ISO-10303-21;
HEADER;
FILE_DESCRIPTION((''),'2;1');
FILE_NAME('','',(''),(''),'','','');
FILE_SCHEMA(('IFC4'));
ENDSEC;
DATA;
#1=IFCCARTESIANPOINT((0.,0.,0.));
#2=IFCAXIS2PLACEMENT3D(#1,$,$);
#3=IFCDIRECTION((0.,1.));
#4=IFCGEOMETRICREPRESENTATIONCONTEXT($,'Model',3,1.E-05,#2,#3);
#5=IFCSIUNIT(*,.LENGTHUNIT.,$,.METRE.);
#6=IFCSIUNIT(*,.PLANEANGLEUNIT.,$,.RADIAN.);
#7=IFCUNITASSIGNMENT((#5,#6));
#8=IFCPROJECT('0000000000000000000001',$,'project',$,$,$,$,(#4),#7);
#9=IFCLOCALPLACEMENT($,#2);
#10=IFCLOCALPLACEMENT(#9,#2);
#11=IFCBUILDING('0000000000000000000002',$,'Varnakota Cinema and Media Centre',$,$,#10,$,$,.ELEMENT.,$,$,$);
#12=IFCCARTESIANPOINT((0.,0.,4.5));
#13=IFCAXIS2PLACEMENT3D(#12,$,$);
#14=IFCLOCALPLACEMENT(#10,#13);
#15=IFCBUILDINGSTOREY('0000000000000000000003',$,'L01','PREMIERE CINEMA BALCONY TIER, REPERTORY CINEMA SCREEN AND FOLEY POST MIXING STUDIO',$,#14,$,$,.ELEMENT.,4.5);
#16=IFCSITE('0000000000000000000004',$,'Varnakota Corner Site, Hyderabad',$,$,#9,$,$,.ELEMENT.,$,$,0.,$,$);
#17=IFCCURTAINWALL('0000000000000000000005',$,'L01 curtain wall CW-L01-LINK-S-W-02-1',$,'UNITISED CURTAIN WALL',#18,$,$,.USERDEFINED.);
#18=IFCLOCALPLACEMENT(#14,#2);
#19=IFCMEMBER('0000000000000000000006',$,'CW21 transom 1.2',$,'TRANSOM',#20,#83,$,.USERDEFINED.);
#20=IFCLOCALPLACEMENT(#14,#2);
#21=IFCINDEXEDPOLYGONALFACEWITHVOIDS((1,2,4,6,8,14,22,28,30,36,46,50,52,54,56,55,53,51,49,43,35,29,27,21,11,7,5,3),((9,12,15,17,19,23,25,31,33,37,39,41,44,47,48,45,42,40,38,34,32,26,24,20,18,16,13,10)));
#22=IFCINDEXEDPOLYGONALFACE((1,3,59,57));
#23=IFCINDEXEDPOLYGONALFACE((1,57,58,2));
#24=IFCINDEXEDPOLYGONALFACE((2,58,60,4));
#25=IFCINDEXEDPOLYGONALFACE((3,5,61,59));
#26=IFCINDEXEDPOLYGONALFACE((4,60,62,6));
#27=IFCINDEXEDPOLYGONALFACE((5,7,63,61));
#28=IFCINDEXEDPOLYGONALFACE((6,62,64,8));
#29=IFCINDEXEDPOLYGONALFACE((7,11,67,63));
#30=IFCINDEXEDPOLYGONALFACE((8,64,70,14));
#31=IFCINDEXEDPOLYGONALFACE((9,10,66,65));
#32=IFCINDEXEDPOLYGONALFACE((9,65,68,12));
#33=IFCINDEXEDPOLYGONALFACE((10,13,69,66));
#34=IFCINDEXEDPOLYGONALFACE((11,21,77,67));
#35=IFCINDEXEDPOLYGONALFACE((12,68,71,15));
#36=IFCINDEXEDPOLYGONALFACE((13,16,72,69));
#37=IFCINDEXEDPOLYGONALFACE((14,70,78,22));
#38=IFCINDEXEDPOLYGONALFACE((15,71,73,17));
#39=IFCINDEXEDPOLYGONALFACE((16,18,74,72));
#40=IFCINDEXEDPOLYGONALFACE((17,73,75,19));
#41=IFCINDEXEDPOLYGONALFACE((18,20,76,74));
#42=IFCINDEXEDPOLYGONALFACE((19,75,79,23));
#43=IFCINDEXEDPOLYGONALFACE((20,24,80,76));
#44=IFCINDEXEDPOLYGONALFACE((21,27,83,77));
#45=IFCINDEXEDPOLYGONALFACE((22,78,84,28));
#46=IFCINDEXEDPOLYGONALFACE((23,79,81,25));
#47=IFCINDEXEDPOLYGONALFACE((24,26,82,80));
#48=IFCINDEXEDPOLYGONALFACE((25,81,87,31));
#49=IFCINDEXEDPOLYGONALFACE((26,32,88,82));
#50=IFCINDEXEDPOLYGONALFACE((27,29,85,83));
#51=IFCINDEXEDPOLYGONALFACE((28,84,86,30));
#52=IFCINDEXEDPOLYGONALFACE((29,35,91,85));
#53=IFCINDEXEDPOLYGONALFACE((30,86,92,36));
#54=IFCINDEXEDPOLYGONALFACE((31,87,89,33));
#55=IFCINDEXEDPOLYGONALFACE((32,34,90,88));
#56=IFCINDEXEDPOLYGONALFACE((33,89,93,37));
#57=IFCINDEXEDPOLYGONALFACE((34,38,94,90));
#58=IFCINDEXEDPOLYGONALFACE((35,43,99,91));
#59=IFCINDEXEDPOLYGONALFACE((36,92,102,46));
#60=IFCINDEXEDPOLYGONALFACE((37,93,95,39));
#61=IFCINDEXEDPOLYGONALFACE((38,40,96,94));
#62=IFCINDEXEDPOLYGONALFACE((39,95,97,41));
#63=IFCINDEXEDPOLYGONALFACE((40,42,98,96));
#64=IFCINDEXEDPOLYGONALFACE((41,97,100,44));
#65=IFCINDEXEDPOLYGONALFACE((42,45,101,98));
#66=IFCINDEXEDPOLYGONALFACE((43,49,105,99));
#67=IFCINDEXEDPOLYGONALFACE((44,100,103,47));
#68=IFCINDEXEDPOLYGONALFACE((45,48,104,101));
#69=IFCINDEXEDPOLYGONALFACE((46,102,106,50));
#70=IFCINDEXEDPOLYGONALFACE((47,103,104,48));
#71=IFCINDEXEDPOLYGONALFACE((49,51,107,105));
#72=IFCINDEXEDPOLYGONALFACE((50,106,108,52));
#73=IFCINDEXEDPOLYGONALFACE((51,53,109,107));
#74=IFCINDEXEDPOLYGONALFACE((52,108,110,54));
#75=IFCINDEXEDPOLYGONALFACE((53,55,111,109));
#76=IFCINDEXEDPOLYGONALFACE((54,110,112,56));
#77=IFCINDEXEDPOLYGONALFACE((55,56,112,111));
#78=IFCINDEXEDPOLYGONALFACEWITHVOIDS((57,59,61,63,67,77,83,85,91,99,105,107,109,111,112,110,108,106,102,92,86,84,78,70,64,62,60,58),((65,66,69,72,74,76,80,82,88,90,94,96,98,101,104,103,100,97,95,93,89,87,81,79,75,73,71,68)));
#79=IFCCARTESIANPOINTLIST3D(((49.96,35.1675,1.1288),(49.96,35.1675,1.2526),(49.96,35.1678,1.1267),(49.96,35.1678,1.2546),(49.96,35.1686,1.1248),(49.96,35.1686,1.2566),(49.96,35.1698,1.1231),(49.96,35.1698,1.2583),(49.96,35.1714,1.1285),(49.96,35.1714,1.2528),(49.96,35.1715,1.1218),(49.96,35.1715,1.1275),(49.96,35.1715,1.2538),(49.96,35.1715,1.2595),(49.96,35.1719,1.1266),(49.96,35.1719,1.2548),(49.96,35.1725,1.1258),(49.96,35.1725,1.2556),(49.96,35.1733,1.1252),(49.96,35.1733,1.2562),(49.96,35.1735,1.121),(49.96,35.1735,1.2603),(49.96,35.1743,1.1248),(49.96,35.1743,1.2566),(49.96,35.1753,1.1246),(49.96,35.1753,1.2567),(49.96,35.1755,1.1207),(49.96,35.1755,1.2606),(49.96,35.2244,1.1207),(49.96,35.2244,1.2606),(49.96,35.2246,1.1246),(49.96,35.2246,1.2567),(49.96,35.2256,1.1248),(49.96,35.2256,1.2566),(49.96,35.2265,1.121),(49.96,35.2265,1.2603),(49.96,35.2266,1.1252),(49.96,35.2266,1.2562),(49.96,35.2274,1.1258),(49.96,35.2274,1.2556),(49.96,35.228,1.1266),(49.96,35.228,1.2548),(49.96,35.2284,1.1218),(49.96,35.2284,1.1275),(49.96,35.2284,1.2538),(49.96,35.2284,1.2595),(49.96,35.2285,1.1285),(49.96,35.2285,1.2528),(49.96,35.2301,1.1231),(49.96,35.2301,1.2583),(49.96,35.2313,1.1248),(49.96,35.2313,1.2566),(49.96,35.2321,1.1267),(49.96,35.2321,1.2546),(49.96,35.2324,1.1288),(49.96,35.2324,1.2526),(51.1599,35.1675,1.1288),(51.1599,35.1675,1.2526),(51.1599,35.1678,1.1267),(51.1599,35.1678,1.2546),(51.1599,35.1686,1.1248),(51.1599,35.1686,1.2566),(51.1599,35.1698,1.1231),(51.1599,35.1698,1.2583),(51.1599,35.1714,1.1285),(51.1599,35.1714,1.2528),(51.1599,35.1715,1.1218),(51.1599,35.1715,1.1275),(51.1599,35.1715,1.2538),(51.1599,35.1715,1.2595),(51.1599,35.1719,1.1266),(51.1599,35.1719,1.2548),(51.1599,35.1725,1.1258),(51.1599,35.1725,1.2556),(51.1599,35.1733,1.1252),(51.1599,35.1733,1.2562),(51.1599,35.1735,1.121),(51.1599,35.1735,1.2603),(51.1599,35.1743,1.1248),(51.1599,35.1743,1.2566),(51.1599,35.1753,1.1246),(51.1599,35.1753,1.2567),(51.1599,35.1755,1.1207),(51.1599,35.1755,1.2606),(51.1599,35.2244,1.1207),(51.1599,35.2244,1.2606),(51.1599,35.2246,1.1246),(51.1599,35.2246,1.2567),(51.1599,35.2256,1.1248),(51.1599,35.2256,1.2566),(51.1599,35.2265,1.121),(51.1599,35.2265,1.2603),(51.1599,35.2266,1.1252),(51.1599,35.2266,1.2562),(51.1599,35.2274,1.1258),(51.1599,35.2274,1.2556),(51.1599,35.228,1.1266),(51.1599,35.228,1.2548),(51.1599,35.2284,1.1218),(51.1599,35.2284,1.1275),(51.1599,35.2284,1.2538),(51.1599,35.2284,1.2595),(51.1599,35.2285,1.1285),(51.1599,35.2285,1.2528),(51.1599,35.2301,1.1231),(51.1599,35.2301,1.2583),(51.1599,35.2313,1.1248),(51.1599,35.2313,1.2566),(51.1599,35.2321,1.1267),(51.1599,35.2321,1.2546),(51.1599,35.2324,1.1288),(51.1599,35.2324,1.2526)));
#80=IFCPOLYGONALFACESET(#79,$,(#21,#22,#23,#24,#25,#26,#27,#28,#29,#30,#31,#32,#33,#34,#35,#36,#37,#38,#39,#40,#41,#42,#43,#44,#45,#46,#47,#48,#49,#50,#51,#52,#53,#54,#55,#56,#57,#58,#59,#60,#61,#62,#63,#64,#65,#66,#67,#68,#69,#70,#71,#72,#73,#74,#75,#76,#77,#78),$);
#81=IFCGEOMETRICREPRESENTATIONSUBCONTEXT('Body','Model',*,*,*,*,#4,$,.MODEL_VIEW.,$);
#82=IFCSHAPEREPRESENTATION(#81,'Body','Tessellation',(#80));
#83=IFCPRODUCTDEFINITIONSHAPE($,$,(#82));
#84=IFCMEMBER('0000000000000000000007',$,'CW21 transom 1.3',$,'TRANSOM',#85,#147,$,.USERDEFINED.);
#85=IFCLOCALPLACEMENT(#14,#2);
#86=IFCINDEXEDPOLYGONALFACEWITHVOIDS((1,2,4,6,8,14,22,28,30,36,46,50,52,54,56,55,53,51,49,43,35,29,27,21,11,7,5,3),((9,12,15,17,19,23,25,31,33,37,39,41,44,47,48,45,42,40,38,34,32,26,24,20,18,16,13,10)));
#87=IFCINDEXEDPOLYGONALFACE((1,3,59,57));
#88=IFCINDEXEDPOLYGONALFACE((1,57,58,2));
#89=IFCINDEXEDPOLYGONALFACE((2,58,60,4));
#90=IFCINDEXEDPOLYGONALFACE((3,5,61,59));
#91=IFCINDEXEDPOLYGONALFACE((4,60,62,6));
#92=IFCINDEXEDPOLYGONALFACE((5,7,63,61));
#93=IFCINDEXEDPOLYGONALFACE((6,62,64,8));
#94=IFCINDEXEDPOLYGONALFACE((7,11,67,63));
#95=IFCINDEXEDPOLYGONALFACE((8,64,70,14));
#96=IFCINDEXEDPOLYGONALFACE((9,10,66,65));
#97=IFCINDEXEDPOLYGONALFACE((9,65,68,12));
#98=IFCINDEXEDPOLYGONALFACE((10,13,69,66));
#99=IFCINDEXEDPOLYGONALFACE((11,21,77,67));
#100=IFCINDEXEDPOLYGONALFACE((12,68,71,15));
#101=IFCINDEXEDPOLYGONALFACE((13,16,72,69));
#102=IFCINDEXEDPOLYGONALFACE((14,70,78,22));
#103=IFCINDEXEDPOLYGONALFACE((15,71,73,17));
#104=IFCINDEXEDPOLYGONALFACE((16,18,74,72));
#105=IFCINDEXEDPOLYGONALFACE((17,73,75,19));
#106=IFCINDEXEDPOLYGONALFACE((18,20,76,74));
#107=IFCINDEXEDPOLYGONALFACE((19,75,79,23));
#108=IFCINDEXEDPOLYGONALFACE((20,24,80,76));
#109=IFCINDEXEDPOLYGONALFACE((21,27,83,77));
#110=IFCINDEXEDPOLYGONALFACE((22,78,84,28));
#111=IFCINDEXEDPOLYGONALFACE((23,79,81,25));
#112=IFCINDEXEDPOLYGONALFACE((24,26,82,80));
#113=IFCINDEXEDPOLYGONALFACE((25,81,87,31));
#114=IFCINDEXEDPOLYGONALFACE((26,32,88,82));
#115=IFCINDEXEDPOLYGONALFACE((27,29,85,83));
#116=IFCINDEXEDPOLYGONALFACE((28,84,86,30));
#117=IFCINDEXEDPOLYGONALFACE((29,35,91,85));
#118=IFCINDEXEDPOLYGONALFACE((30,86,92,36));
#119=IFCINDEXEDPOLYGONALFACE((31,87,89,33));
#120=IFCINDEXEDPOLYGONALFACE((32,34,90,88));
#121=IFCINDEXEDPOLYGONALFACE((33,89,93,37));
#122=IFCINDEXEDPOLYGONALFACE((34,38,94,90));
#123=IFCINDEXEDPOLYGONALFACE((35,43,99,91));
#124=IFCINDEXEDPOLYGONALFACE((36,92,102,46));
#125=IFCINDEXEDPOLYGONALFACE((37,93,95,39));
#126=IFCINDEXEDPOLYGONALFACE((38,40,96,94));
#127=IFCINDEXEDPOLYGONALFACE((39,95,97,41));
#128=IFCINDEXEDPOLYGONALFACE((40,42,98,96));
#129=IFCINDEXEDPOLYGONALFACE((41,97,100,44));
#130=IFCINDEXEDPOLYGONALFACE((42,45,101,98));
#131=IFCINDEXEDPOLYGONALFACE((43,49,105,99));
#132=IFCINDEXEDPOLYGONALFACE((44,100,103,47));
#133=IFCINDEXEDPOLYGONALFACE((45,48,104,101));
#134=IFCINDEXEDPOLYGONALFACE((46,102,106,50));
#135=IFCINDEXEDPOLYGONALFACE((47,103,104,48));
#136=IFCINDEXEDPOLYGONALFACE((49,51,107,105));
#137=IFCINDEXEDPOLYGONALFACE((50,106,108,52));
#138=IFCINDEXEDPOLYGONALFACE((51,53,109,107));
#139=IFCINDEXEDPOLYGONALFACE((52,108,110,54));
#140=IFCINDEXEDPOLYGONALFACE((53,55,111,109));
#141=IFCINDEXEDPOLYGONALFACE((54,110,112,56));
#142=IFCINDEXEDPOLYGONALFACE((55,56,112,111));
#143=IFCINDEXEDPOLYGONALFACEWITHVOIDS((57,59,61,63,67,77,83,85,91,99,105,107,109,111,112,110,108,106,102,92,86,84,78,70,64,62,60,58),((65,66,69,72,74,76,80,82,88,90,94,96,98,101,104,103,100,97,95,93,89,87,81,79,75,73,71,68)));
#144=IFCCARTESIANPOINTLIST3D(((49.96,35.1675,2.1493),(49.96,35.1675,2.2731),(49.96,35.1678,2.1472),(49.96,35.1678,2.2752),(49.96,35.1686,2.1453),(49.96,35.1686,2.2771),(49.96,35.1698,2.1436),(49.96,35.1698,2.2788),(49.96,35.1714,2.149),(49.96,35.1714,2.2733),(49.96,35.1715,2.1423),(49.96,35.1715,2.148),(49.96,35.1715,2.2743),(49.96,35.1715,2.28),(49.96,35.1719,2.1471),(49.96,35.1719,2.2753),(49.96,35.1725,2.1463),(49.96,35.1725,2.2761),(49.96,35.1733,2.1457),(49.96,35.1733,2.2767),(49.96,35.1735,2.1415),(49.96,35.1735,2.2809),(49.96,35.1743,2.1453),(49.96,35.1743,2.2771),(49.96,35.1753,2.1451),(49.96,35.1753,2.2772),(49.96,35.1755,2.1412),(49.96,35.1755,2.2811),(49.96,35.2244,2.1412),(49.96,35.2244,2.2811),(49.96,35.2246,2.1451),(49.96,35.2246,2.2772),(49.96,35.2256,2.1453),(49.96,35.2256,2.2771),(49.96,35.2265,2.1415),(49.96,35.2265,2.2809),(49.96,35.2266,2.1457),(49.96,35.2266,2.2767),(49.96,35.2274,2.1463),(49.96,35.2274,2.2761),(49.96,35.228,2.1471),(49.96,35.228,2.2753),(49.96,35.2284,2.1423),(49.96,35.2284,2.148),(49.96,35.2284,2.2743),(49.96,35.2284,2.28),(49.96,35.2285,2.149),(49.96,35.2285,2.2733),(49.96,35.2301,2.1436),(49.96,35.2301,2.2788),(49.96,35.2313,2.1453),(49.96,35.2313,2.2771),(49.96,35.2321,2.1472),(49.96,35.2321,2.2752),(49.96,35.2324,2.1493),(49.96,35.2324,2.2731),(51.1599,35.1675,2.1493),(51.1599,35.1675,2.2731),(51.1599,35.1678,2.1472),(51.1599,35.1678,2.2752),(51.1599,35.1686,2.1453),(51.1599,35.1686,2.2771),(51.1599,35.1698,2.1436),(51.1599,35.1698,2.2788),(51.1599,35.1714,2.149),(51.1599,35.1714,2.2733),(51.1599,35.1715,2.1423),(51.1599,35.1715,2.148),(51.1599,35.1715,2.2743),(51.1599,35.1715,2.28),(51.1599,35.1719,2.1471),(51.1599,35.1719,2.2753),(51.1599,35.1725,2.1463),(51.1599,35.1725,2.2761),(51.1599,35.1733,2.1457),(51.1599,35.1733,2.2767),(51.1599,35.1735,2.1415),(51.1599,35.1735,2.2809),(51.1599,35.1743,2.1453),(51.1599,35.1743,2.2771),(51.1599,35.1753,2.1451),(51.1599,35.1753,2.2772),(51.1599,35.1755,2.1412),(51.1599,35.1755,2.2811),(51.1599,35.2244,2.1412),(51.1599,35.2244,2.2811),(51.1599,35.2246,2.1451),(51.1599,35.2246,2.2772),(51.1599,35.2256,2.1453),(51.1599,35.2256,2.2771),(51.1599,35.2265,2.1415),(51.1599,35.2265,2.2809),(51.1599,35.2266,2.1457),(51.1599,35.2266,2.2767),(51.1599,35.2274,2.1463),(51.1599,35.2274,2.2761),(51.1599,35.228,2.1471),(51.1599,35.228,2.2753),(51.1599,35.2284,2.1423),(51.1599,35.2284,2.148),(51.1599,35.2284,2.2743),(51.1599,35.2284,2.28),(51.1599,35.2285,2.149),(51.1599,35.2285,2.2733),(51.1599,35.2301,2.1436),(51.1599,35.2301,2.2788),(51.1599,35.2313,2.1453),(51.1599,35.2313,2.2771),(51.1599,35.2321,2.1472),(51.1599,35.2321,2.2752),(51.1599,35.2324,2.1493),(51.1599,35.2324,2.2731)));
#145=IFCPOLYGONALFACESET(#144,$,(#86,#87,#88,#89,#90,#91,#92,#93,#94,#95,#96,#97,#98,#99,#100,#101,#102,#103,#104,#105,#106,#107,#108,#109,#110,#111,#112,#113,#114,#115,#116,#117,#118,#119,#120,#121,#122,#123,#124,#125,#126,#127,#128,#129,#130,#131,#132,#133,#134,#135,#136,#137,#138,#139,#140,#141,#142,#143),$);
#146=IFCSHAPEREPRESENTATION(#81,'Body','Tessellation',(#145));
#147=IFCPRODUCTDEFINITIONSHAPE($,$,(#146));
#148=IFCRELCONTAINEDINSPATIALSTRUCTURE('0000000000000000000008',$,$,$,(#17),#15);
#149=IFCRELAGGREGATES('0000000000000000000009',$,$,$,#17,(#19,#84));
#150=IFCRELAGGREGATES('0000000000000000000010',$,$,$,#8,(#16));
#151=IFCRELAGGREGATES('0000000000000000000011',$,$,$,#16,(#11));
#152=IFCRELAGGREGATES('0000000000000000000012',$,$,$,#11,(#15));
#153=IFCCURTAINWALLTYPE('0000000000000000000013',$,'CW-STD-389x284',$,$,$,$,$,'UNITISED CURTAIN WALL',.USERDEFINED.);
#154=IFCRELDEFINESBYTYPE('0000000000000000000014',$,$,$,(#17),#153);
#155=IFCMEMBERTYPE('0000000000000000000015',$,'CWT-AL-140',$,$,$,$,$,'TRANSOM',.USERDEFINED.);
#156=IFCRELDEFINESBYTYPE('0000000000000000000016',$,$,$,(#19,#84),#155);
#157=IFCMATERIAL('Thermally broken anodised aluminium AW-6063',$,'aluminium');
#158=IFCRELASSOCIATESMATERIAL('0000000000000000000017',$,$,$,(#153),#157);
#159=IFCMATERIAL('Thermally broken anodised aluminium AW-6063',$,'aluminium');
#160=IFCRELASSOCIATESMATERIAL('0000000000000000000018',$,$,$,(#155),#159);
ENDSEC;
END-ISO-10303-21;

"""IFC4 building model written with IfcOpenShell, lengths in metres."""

from ifc_helpers import new_model, si_unit, direction, frame, origin, origin_2d, place, context, subcontext, project, spatial, hollow_rectangle, extrude, material, material_profile, profile_set, type_object, element, aggregate, save


model = new_model("IFC4")

# Units and contexts
model_context = context("Model", 3, precision=1e-05, world=origin(), true_north=direction((0.0, 1.0)))
body_context = subcontext(model_context, "Body", "Model", "MODEL_VIEW")
ifc_project = project(units=[si_unit("LENGTHUNIT", "METRE"), si_unit("PLANEANGLEUNIT", "RADIAN")], contexts=[model_context])

# Site, building, storey
site_placement = place(None, origin())
site = spatial("IfcSite", under=ifc_project, at=site_placement, Name="Varnakota Corner Site, Hyderabad", CompositionType="ELEMENT", RefElevation=0.0)
building_placement = place(site_placement, origin())
building = spatial("IfcBuilding", under=site, at=building_placement, Name="Varnakota Cinema and Media Centre", CompositionType="ELEMENT")
storey_placement = place(building_placement, frame((0.0, 0.0, 4.5)))
storey = spatial("IfcBuildingStorey", under=building, at=storey_placement, Name="L01", Description="PREMIERE CINEMA BALCONY TIER, REPERTORY CINEMA SCREEN AND FOLEY POST MIXING STUDIO", CompositionType="ELEMENT", Elevation=4.5)

# Curtain wall
ifc_material_1 = material(Name="Thermally broken anodised aluminium AW-6063", Category="aluminium")
curtain_wall_type_1 = type_object("IfcCurtainWallType", Name="CW-STD-389x284", ElementType="UNITISED CURTAIN WALL", PredefinedType="USERDEFINED", material=ifc_material_1)
curtain_wall_1_placement = place(storey_placement, origin())
curtain_wall_1 = element("IfcCurtainWall", 1, at=curtain_wall_1_placement, inside=storey, type_object=curtain_wall_type_1, Name="L01 curtain wall CW-L01-LINK-S-W-02-1", ObjectType="UNITISED CURTAIN WALL", PredefinedType="USERDEFINED")

# Members
ifc_material_2 = material(Name="Thermally broken anodised aluminium AW-6063", Category="aluminium")
ifc_material_profile_1 = material_profile(ifc_material_2, hollow_rectangle(XDim=0.0649, YDim=0.1399, WallThickness=0.0039, InnerFilletRadius=0.0039, OuterFilletRadius=0.0081, at=origin_2d()), Name="AL-TRANSOM 140x65x4")
ifc_profile_set_1 = profile_set([ifc_material_profile_1], Name="Thermally broken anodised aluminium AW-6063")
member_type_1 = type_object("IfcMemberType", Name="CWT-AL-140", ElementType="TRANSOM", PredefinedType="USERDEFINED", material=ifc_profile_set_1)
member_1_placement = place(storey_placement, frame((51.1599, 35.2, 1.1907), z_axis=(-1.0, 0.0, 0.0), x_axis=(0.0, -1.0, 0.0)))
member_1 = element("IfcMember", 2, at=member_1_placement, type_object=member_type_1, Name="CW21 transom 1.2", ObjectType="TRANSOM", PredefinedType="USERDEFINED", context=body_context, shape_type="SweptSolid", body=[
    extrude(hollow_rectangle(XDim=0.0649, YDim=0.1399, WallThickness=0.0039, InnerFilletRadius=0.0039, OuterFilletRadius=0.0081, at=origin_2d()), origin(), (0.0, 0.0, 1.0), 1.2),
])
member_2_placement = place(storey_placement, frame((51.1599, 35.2, 2.2112), z_axis=(-1.0, 0.0, 0.0), x_axis=(0.0, -1.0, 0.0)))
member_2 = element("IfcMember", 3, at=member_2_placement, type_object=member_type_1, Name="CW21 transom 1.3", ObjectType="TRANSOM", PredefinedType="USERDEFINED", context=body_context, shape_type="SweptSolid", body=[
    extrude(hollow_rectangle(XDim=0.0649, YDim=0.1399, WallThickness=0.0039, InnerFilletRadius=0.0039, OuterFilletRadius=0.0081, at=origin_2d()), origin(), (0.0, 0.0, 1.0), 1.2),
])

aggregate(curtain_wall_1, [member_1, member_2])

save(model, "model.ifc")
